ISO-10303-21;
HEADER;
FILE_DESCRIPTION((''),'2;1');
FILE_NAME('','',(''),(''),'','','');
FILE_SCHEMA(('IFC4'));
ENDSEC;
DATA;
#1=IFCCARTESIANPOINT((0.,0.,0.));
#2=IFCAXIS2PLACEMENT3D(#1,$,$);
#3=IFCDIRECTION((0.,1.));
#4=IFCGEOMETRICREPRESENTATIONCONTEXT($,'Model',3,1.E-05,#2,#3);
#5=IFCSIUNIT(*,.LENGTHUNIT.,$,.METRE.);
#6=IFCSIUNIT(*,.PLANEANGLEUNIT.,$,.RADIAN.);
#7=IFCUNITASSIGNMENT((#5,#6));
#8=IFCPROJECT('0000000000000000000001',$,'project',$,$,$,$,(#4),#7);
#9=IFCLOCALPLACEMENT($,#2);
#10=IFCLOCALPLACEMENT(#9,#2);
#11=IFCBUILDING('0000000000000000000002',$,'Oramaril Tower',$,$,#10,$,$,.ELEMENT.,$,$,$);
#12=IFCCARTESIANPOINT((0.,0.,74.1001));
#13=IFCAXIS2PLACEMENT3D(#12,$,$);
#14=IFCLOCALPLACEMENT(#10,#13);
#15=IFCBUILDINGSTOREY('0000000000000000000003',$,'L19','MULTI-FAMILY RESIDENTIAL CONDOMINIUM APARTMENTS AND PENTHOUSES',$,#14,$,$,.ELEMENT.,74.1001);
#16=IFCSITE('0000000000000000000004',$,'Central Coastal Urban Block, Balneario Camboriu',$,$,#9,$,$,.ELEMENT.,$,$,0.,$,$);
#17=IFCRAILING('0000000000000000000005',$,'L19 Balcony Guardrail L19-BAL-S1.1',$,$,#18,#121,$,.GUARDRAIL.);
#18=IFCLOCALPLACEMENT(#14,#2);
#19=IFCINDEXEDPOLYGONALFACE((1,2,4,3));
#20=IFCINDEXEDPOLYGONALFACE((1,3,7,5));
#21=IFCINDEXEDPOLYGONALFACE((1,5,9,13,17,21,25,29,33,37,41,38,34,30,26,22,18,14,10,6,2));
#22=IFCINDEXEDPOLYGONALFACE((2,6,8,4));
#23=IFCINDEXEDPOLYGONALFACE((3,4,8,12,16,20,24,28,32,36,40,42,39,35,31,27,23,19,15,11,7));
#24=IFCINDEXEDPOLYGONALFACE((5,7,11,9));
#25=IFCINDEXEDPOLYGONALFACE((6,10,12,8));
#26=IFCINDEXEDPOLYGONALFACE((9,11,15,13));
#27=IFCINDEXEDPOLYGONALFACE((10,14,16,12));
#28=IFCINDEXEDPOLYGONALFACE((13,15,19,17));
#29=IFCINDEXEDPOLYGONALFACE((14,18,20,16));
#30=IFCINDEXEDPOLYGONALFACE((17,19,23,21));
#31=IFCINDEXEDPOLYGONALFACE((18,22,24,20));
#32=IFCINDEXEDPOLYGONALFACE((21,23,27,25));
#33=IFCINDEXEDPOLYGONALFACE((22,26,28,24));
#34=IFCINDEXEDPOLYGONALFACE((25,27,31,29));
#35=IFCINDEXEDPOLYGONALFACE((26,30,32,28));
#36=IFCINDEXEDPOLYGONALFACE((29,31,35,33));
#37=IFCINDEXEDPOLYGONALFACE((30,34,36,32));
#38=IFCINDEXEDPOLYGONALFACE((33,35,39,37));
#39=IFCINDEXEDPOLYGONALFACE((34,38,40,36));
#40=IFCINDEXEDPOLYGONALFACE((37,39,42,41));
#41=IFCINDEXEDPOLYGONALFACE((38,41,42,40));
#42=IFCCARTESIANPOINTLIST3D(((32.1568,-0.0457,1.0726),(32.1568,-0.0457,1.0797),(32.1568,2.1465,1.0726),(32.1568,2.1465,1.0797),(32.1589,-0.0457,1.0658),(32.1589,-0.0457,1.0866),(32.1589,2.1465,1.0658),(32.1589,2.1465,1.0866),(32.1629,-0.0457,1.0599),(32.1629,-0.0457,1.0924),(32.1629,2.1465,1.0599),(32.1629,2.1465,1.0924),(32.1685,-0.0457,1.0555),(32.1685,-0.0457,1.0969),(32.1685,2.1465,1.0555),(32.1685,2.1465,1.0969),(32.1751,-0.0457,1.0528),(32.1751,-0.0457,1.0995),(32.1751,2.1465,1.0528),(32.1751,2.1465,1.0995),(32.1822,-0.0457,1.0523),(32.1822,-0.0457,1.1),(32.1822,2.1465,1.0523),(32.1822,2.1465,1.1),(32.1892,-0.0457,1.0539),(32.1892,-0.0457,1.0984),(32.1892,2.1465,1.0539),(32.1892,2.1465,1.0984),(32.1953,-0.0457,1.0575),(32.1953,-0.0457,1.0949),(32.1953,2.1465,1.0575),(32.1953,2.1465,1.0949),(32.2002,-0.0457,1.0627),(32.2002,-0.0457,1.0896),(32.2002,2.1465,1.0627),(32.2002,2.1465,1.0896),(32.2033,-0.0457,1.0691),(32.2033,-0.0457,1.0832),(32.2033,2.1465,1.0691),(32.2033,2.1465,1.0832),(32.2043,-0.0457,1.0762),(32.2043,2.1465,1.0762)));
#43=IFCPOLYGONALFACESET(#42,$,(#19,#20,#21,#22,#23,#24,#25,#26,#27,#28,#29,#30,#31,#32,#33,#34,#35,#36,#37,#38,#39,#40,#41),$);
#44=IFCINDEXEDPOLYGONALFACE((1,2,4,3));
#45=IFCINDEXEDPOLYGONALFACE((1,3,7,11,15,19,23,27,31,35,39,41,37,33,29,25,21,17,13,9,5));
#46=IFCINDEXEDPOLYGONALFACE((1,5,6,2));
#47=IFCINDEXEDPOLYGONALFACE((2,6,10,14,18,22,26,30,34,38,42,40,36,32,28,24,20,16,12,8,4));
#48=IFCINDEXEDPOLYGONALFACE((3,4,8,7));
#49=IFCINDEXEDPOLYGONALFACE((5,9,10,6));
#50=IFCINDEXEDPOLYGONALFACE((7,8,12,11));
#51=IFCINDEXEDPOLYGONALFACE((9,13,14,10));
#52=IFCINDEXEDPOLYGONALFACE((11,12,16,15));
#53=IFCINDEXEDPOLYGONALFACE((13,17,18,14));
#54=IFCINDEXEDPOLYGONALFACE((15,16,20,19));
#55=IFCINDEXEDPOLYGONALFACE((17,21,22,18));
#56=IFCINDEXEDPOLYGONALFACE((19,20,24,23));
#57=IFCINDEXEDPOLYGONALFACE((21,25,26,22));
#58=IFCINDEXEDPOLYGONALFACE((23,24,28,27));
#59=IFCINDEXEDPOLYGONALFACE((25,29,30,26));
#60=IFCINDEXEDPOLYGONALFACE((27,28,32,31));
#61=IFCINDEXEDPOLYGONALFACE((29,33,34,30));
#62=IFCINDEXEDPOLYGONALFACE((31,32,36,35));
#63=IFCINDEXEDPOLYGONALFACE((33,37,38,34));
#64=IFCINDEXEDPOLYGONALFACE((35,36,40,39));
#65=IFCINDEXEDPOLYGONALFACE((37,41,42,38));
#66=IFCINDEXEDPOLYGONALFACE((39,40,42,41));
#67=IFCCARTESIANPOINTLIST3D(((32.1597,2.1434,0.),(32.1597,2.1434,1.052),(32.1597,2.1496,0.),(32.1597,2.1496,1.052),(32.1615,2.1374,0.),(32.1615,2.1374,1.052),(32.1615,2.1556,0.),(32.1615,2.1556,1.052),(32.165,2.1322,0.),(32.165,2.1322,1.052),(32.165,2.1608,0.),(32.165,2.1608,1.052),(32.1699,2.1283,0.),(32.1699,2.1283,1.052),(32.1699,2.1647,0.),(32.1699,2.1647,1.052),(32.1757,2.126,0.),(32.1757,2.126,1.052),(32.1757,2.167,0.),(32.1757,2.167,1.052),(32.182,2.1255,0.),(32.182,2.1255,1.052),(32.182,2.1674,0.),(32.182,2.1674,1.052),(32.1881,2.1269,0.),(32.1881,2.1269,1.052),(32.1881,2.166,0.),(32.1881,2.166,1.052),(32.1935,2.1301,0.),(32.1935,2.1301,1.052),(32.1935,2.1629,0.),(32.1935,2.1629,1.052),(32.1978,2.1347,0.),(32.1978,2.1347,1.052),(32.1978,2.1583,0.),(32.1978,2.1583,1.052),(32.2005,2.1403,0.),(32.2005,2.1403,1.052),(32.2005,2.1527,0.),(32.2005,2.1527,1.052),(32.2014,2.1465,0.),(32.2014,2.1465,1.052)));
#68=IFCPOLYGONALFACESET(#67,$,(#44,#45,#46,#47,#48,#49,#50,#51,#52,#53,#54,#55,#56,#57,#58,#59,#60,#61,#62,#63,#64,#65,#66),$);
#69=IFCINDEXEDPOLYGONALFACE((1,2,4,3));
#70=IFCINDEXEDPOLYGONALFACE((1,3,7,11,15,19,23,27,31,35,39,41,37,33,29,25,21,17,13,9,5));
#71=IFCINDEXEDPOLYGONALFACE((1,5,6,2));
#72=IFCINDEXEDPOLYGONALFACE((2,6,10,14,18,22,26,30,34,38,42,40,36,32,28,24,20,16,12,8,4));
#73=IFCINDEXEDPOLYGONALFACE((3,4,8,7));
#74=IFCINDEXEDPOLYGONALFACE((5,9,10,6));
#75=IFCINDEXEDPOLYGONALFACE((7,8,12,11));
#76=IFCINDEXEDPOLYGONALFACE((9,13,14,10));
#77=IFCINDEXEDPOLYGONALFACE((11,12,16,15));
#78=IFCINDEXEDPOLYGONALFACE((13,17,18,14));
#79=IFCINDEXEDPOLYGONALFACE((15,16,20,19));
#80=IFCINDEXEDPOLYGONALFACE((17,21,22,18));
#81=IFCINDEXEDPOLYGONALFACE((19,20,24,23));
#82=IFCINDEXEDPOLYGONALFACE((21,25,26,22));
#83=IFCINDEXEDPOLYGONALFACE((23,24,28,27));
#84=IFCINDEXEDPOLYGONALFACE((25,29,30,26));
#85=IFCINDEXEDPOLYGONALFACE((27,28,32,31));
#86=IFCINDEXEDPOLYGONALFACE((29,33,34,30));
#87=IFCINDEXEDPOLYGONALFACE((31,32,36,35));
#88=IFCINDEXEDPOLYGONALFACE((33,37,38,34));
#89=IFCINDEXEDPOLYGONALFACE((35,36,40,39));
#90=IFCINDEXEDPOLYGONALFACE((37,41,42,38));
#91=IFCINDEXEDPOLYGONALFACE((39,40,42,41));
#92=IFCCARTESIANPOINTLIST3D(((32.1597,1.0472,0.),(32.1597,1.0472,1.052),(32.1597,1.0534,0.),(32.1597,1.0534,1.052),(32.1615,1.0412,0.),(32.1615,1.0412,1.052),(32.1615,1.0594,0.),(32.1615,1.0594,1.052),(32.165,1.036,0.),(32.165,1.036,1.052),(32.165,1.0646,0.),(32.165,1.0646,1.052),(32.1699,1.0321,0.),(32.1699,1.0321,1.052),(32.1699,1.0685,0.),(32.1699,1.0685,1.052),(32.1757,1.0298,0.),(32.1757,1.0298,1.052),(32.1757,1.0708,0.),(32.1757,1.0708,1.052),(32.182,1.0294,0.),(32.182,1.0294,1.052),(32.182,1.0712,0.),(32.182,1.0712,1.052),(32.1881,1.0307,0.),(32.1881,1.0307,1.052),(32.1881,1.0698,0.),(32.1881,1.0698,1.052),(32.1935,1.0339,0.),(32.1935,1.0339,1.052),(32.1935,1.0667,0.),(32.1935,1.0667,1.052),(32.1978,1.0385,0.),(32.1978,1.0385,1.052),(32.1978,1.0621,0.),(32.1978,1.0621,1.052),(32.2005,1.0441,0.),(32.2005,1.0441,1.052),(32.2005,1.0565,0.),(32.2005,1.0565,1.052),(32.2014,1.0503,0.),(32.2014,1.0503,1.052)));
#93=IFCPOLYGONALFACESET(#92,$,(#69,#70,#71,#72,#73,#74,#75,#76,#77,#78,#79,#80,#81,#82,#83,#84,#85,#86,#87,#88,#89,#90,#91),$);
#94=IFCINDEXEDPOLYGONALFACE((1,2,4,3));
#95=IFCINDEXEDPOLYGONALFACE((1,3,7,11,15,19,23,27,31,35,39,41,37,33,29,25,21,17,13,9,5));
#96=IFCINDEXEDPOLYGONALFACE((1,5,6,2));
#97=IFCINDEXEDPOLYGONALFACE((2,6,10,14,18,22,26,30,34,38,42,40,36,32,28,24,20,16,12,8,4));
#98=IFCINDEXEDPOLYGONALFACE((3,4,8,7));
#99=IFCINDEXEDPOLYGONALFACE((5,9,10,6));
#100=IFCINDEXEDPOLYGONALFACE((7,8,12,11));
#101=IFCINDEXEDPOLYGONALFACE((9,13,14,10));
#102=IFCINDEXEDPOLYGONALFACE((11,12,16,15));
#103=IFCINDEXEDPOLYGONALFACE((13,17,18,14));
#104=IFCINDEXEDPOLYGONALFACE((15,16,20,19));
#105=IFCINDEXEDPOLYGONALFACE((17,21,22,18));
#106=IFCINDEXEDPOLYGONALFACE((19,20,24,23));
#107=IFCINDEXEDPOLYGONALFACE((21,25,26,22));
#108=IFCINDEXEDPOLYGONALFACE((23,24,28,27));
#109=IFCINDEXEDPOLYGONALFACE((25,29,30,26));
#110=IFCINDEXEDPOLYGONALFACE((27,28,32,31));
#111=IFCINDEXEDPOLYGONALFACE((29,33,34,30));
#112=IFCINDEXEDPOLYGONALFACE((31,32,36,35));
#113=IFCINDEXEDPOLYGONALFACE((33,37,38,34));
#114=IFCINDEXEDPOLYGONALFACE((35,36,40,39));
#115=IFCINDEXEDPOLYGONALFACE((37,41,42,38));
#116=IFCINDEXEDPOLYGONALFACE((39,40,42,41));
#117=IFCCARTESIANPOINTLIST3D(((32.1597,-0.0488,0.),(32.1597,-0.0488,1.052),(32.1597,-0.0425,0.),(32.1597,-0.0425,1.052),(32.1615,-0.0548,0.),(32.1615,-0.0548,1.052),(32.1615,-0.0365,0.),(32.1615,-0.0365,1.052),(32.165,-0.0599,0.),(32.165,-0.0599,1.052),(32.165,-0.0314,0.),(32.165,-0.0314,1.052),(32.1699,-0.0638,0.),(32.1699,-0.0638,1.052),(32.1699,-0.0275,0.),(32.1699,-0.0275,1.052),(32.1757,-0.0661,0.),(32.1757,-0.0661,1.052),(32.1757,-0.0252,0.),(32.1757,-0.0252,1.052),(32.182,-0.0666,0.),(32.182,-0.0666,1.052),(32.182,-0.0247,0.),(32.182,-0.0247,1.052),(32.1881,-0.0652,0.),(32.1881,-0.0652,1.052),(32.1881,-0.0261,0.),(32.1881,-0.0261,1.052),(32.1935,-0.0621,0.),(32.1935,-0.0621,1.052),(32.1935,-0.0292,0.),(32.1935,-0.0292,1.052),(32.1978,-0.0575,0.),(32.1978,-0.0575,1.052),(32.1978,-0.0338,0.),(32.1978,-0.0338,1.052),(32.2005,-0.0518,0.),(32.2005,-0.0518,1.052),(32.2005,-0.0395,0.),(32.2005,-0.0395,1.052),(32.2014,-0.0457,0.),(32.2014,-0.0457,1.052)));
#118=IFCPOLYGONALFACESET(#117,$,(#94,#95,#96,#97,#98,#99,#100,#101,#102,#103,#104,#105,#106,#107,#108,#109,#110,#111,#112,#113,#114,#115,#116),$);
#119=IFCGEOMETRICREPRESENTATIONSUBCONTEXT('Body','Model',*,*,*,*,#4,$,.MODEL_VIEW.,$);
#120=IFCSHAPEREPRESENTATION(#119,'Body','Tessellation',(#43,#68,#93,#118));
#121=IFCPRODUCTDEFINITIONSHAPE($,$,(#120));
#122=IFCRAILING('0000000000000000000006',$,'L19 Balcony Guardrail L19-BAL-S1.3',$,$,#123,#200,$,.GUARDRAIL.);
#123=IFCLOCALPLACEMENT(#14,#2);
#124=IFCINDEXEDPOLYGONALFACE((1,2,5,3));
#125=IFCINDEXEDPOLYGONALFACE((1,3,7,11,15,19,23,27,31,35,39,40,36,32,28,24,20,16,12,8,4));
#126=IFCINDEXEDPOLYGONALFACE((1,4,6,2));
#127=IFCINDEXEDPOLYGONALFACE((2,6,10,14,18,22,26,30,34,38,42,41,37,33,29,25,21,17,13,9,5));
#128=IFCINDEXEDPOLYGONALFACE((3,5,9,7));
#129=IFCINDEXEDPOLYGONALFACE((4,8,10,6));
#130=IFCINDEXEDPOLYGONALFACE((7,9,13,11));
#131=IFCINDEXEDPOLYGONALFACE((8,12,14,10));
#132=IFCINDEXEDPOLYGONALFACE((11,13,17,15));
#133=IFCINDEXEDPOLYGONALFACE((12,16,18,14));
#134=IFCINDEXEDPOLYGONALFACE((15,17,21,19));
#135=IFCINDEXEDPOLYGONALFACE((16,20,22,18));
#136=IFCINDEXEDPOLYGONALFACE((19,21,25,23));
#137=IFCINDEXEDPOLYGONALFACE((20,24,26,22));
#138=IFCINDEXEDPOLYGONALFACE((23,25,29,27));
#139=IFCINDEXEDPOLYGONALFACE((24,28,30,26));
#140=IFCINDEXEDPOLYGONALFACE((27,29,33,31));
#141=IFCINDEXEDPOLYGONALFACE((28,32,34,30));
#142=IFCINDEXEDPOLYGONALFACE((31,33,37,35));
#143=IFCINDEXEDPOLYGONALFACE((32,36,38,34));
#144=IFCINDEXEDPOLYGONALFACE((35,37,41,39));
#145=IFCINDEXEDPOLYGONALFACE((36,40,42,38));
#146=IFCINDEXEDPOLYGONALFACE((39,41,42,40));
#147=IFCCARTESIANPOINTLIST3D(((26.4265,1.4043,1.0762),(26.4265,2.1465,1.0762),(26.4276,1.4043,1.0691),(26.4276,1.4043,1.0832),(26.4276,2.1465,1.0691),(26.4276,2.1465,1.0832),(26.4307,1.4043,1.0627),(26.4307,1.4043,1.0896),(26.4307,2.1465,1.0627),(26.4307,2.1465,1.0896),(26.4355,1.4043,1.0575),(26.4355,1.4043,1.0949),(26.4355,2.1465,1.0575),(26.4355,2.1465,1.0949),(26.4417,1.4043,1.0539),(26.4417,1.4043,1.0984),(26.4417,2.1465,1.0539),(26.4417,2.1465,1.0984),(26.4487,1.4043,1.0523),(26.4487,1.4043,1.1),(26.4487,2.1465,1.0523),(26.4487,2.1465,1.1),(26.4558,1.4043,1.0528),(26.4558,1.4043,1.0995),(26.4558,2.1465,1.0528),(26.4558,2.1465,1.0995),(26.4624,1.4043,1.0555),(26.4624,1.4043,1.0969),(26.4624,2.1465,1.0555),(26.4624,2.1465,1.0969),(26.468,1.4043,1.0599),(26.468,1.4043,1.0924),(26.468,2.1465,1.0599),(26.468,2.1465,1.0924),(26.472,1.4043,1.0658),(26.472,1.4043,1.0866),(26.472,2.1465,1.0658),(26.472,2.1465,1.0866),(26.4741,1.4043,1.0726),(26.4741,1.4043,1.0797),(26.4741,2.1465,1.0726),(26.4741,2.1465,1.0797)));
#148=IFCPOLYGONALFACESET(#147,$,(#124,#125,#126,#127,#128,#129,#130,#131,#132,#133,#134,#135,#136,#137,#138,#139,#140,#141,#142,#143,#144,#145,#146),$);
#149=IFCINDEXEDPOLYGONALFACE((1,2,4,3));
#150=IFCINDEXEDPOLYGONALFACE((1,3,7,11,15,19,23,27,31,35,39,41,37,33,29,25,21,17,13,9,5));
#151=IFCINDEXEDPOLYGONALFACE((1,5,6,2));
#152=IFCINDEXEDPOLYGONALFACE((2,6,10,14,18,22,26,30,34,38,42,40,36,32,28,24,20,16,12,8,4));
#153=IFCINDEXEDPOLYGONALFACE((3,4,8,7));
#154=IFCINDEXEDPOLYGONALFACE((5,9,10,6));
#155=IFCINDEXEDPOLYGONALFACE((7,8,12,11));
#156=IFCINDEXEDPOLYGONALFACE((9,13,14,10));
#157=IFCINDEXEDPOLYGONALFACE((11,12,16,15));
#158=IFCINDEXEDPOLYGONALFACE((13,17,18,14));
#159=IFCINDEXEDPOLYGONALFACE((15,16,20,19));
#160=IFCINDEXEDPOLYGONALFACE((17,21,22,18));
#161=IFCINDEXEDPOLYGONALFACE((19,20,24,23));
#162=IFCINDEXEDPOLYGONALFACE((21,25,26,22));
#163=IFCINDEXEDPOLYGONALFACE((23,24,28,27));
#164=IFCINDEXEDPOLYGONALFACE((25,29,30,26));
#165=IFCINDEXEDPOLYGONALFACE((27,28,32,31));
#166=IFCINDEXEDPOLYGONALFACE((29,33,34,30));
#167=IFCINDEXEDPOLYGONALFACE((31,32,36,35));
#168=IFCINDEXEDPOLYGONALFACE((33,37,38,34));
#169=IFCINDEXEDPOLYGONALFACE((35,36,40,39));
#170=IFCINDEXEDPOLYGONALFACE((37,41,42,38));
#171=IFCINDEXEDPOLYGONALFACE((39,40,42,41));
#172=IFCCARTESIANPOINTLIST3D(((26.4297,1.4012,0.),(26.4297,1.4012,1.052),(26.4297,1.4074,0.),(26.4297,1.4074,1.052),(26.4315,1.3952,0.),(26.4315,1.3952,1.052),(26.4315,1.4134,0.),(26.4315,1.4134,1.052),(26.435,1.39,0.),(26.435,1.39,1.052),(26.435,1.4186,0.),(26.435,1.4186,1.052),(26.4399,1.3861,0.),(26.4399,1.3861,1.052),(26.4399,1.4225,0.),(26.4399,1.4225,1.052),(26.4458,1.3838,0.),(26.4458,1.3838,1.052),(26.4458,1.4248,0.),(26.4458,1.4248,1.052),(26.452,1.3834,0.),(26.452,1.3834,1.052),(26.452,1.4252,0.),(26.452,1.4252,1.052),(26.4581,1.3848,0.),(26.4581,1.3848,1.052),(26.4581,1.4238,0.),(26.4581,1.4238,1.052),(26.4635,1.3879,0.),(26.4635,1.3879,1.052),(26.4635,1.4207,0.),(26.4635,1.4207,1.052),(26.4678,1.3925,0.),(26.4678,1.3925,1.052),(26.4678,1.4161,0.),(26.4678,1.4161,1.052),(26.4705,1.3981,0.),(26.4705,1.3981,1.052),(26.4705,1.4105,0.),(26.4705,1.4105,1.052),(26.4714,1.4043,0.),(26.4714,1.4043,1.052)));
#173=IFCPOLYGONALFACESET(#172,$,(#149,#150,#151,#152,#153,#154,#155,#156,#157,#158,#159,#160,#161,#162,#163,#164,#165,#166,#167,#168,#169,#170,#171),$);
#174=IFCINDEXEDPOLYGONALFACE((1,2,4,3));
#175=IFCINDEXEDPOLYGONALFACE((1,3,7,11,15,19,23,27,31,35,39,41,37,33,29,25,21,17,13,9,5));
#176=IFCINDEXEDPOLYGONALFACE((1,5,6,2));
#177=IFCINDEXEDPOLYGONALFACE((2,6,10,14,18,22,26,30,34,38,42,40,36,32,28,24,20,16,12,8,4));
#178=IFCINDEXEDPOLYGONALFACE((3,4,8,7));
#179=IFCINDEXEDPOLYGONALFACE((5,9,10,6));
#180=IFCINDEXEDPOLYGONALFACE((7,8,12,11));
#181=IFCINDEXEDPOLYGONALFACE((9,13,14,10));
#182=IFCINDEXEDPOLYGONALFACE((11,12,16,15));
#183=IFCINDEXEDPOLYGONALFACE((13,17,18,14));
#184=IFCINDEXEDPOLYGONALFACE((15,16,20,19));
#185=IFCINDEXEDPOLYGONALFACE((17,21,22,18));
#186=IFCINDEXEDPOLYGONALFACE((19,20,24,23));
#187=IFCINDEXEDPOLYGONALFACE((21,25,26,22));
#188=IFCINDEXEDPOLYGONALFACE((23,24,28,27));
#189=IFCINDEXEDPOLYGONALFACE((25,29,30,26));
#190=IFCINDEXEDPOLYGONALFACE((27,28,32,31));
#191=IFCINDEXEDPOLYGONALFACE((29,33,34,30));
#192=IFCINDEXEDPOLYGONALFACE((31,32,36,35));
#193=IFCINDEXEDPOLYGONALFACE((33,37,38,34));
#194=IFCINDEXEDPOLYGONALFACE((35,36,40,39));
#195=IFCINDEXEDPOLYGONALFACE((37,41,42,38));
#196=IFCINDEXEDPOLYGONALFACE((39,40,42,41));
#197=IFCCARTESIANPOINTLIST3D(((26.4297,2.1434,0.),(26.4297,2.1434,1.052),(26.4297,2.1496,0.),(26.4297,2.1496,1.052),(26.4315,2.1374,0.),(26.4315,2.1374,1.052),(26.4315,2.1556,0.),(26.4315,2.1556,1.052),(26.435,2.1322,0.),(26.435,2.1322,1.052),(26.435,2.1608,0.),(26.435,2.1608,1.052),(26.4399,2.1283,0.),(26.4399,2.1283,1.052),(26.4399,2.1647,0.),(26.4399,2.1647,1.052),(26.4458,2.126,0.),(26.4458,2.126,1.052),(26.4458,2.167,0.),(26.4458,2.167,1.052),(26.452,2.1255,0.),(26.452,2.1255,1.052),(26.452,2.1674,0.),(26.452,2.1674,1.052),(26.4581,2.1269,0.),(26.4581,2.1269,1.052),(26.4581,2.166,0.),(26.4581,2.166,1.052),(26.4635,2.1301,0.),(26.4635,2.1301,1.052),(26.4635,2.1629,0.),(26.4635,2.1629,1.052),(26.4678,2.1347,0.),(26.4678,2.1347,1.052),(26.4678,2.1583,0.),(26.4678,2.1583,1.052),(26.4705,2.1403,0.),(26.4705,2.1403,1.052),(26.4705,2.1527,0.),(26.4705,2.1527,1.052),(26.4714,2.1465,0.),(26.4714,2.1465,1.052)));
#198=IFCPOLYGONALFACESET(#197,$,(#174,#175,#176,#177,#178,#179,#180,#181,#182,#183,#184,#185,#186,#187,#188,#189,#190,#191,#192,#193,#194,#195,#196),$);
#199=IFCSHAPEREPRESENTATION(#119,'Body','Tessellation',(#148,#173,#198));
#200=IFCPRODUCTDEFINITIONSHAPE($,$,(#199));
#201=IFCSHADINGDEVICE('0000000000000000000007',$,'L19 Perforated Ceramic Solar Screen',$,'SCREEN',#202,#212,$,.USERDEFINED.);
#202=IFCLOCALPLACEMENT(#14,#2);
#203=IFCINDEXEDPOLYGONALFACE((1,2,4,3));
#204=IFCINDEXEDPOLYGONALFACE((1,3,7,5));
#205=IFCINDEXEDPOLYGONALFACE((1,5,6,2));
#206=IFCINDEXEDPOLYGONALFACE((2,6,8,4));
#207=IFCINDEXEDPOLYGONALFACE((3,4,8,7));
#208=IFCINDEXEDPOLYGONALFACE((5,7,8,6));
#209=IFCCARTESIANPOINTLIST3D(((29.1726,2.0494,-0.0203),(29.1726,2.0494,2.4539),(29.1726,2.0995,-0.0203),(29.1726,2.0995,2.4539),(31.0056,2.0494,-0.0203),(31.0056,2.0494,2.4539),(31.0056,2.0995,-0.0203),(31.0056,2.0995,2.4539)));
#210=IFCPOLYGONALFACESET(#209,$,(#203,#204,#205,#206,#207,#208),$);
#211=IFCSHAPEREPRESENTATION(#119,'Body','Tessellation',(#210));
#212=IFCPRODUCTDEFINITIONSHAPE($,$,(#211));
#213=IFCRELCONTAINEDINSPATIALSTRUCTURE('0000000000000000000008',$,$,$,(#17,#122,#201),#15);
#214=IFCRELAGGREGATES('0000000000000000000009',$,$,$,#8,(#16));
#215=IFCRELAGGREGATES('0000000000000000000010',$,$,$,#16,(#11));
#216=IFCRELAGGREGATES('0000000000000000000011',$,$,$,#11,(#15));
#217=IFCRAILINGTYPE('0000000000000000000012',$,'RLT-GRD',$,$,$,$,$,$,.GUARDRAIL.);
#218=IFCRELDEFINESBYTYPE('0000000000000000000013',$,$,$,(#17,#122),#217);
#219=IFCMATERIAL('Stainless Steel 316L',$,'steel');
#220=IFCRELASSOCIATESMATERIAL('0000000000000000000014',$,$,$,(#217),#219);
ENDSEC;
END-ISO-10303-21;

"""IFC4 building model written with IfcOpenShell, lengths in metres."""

from ifc_helpers import new_model, si_unit, direction, frame, origin, origin_2d, place, context, subcontext, project, spatial, rectangle, circle, extrude, material, type_object, element, save


model = new_model("IFC4")

# Units and contexts
model_context = context("Model", 3, precision=1e-05, world=origin(), true_north=direction((0.0, 1.0)))
body_context = subcontext(model_context, "Body", "Model", "MODEL_VIEW")
ifc_project = project(units=[si_unit("LENGTHUNIT", "METRE"), si_unit("PLANEANGLEUNIT", "RADIAN")], contexts=[model_context])

# Site, building, storey
site_placement = place(None, origin())
site = spatial("IfcSite", under=ifc_project, at=site_placement, Name="Central Coastal Urban Block, Balneario Camboriu", CompositionType="ELEMENT", RefElevation=0.0)
building_placement = place(site_placement, origin())
building = spatial("IfcBuilding", under=site, at=building_placement, Name="Oramaril Tower", CompositionType="ELEMENT")
storey_placement = place(building_placement, frame((0.0, 0.0, 74.1001)))
storey = spatial("IfcBuildingStorey", under=building, at=storey_placement, Name="L19", Description="MULTI-FAMILY RESIDENTIAL CONDOMINIUM APARTMENTS AND PENTHOUSES", CompositionType="ELEMENT", Elevation=74.1001)

# Railings
ifc_material_1 = material(Name="Stainless Steel 316L", Category="steel")
railing_type = type_object("IfcRailingType", Name="RLT-GRD", PredefinedType="GUARDRAIL", material=ifc_material_1)
railing_1_placement = place(storey_placement, frame((32.1804, 2.1465, 0.0)))
element("IfcRailing", 1, at=railing_1_placement, inside=storey, type_object=railing_type, Name="L19 Balcony Guardrail L19-BAL-S1.1", PredefinedType="GUARDRAIL", context=body_context, shape_type="SweptSolid", body=[
    extrude(circle(Radius=0.0239, at=origin_2d()), frame((0.0, 0.0, 1.0762), z_axis=(0.0, -1.0, 0.0), x_axis=(1.0, 0.0, 0.0)), (0.0, 0.0, 1.0), 2.1921),
    extrude(circle(Radius=0.021, at=origin_2d()), origin(), (0.0, 0.0, 1.0), 1.052),
    extrude(circle(Radius=0.021, at=origin_2d()), frame((0.0, -1.0962, 0.0)), (0.0, 0.0, 1.0), 1.052),
    extrude(circle(Radius=0.021, at=origin_2d()), frame((0.0, -2.1921, 0.0)), (0.0, 0.0, 1.0), 1.052),
])
railing_2_placement = place(storey_placement, frame((26.4504, 1.4043, 0.0)))
element("IfcRailing", 2, at=railing_2_placement, inside=storey, type_object=railing_type, Name="L19 Balcony Guardrail L19-BAL-S1.3", PredefinedType="GUARDRAIL", context=body_context, shape_type="SweptSolid", body=[
    extrude(circle(Radius=0.0239, at=origin_2d()), frame((0.0, 0.0, 1.0762), z_axis=(0.0, 1.0, 0.0), x_axis=(-1.0, 0.0, 0.0)), (0.0, 0.0, 1.0), 0.7422),
    extrude(circle(Radius=0.021, at=origin_2d()), origin(), (0.0, 0.0, 1.0), 1.052),
    extrude(circle(Radius=0.021, at=origin_2d()), frame((0.0, 0.7422, 0.0)), (0.0, 0.0, 1.0), 1.052),
])

# Shading device
shading_device_placement = place(storey_placement, frame((30.0891, 2.0745, -0.0203), z_axis=(0.0, 0.0, 1.0), x_axis=(1.0, 0.0, 0.0)))
element("IfcShadingDevice", 3, at=shading_device_placement, inside=storey, Name="L19 Perforated Ceramic Solar Screen", ObjectType="SCREEN", PredefinedType="USERDEFINED", context=body_context, shape_type="SweptSolid", body=[
    extrude(rectangle(XDim=1.833, YDim=0.05, at=origin_2d()), origin(), (0.0, 0.0, 1.0), 2.4741),
])

save(model, "model.ifc")
